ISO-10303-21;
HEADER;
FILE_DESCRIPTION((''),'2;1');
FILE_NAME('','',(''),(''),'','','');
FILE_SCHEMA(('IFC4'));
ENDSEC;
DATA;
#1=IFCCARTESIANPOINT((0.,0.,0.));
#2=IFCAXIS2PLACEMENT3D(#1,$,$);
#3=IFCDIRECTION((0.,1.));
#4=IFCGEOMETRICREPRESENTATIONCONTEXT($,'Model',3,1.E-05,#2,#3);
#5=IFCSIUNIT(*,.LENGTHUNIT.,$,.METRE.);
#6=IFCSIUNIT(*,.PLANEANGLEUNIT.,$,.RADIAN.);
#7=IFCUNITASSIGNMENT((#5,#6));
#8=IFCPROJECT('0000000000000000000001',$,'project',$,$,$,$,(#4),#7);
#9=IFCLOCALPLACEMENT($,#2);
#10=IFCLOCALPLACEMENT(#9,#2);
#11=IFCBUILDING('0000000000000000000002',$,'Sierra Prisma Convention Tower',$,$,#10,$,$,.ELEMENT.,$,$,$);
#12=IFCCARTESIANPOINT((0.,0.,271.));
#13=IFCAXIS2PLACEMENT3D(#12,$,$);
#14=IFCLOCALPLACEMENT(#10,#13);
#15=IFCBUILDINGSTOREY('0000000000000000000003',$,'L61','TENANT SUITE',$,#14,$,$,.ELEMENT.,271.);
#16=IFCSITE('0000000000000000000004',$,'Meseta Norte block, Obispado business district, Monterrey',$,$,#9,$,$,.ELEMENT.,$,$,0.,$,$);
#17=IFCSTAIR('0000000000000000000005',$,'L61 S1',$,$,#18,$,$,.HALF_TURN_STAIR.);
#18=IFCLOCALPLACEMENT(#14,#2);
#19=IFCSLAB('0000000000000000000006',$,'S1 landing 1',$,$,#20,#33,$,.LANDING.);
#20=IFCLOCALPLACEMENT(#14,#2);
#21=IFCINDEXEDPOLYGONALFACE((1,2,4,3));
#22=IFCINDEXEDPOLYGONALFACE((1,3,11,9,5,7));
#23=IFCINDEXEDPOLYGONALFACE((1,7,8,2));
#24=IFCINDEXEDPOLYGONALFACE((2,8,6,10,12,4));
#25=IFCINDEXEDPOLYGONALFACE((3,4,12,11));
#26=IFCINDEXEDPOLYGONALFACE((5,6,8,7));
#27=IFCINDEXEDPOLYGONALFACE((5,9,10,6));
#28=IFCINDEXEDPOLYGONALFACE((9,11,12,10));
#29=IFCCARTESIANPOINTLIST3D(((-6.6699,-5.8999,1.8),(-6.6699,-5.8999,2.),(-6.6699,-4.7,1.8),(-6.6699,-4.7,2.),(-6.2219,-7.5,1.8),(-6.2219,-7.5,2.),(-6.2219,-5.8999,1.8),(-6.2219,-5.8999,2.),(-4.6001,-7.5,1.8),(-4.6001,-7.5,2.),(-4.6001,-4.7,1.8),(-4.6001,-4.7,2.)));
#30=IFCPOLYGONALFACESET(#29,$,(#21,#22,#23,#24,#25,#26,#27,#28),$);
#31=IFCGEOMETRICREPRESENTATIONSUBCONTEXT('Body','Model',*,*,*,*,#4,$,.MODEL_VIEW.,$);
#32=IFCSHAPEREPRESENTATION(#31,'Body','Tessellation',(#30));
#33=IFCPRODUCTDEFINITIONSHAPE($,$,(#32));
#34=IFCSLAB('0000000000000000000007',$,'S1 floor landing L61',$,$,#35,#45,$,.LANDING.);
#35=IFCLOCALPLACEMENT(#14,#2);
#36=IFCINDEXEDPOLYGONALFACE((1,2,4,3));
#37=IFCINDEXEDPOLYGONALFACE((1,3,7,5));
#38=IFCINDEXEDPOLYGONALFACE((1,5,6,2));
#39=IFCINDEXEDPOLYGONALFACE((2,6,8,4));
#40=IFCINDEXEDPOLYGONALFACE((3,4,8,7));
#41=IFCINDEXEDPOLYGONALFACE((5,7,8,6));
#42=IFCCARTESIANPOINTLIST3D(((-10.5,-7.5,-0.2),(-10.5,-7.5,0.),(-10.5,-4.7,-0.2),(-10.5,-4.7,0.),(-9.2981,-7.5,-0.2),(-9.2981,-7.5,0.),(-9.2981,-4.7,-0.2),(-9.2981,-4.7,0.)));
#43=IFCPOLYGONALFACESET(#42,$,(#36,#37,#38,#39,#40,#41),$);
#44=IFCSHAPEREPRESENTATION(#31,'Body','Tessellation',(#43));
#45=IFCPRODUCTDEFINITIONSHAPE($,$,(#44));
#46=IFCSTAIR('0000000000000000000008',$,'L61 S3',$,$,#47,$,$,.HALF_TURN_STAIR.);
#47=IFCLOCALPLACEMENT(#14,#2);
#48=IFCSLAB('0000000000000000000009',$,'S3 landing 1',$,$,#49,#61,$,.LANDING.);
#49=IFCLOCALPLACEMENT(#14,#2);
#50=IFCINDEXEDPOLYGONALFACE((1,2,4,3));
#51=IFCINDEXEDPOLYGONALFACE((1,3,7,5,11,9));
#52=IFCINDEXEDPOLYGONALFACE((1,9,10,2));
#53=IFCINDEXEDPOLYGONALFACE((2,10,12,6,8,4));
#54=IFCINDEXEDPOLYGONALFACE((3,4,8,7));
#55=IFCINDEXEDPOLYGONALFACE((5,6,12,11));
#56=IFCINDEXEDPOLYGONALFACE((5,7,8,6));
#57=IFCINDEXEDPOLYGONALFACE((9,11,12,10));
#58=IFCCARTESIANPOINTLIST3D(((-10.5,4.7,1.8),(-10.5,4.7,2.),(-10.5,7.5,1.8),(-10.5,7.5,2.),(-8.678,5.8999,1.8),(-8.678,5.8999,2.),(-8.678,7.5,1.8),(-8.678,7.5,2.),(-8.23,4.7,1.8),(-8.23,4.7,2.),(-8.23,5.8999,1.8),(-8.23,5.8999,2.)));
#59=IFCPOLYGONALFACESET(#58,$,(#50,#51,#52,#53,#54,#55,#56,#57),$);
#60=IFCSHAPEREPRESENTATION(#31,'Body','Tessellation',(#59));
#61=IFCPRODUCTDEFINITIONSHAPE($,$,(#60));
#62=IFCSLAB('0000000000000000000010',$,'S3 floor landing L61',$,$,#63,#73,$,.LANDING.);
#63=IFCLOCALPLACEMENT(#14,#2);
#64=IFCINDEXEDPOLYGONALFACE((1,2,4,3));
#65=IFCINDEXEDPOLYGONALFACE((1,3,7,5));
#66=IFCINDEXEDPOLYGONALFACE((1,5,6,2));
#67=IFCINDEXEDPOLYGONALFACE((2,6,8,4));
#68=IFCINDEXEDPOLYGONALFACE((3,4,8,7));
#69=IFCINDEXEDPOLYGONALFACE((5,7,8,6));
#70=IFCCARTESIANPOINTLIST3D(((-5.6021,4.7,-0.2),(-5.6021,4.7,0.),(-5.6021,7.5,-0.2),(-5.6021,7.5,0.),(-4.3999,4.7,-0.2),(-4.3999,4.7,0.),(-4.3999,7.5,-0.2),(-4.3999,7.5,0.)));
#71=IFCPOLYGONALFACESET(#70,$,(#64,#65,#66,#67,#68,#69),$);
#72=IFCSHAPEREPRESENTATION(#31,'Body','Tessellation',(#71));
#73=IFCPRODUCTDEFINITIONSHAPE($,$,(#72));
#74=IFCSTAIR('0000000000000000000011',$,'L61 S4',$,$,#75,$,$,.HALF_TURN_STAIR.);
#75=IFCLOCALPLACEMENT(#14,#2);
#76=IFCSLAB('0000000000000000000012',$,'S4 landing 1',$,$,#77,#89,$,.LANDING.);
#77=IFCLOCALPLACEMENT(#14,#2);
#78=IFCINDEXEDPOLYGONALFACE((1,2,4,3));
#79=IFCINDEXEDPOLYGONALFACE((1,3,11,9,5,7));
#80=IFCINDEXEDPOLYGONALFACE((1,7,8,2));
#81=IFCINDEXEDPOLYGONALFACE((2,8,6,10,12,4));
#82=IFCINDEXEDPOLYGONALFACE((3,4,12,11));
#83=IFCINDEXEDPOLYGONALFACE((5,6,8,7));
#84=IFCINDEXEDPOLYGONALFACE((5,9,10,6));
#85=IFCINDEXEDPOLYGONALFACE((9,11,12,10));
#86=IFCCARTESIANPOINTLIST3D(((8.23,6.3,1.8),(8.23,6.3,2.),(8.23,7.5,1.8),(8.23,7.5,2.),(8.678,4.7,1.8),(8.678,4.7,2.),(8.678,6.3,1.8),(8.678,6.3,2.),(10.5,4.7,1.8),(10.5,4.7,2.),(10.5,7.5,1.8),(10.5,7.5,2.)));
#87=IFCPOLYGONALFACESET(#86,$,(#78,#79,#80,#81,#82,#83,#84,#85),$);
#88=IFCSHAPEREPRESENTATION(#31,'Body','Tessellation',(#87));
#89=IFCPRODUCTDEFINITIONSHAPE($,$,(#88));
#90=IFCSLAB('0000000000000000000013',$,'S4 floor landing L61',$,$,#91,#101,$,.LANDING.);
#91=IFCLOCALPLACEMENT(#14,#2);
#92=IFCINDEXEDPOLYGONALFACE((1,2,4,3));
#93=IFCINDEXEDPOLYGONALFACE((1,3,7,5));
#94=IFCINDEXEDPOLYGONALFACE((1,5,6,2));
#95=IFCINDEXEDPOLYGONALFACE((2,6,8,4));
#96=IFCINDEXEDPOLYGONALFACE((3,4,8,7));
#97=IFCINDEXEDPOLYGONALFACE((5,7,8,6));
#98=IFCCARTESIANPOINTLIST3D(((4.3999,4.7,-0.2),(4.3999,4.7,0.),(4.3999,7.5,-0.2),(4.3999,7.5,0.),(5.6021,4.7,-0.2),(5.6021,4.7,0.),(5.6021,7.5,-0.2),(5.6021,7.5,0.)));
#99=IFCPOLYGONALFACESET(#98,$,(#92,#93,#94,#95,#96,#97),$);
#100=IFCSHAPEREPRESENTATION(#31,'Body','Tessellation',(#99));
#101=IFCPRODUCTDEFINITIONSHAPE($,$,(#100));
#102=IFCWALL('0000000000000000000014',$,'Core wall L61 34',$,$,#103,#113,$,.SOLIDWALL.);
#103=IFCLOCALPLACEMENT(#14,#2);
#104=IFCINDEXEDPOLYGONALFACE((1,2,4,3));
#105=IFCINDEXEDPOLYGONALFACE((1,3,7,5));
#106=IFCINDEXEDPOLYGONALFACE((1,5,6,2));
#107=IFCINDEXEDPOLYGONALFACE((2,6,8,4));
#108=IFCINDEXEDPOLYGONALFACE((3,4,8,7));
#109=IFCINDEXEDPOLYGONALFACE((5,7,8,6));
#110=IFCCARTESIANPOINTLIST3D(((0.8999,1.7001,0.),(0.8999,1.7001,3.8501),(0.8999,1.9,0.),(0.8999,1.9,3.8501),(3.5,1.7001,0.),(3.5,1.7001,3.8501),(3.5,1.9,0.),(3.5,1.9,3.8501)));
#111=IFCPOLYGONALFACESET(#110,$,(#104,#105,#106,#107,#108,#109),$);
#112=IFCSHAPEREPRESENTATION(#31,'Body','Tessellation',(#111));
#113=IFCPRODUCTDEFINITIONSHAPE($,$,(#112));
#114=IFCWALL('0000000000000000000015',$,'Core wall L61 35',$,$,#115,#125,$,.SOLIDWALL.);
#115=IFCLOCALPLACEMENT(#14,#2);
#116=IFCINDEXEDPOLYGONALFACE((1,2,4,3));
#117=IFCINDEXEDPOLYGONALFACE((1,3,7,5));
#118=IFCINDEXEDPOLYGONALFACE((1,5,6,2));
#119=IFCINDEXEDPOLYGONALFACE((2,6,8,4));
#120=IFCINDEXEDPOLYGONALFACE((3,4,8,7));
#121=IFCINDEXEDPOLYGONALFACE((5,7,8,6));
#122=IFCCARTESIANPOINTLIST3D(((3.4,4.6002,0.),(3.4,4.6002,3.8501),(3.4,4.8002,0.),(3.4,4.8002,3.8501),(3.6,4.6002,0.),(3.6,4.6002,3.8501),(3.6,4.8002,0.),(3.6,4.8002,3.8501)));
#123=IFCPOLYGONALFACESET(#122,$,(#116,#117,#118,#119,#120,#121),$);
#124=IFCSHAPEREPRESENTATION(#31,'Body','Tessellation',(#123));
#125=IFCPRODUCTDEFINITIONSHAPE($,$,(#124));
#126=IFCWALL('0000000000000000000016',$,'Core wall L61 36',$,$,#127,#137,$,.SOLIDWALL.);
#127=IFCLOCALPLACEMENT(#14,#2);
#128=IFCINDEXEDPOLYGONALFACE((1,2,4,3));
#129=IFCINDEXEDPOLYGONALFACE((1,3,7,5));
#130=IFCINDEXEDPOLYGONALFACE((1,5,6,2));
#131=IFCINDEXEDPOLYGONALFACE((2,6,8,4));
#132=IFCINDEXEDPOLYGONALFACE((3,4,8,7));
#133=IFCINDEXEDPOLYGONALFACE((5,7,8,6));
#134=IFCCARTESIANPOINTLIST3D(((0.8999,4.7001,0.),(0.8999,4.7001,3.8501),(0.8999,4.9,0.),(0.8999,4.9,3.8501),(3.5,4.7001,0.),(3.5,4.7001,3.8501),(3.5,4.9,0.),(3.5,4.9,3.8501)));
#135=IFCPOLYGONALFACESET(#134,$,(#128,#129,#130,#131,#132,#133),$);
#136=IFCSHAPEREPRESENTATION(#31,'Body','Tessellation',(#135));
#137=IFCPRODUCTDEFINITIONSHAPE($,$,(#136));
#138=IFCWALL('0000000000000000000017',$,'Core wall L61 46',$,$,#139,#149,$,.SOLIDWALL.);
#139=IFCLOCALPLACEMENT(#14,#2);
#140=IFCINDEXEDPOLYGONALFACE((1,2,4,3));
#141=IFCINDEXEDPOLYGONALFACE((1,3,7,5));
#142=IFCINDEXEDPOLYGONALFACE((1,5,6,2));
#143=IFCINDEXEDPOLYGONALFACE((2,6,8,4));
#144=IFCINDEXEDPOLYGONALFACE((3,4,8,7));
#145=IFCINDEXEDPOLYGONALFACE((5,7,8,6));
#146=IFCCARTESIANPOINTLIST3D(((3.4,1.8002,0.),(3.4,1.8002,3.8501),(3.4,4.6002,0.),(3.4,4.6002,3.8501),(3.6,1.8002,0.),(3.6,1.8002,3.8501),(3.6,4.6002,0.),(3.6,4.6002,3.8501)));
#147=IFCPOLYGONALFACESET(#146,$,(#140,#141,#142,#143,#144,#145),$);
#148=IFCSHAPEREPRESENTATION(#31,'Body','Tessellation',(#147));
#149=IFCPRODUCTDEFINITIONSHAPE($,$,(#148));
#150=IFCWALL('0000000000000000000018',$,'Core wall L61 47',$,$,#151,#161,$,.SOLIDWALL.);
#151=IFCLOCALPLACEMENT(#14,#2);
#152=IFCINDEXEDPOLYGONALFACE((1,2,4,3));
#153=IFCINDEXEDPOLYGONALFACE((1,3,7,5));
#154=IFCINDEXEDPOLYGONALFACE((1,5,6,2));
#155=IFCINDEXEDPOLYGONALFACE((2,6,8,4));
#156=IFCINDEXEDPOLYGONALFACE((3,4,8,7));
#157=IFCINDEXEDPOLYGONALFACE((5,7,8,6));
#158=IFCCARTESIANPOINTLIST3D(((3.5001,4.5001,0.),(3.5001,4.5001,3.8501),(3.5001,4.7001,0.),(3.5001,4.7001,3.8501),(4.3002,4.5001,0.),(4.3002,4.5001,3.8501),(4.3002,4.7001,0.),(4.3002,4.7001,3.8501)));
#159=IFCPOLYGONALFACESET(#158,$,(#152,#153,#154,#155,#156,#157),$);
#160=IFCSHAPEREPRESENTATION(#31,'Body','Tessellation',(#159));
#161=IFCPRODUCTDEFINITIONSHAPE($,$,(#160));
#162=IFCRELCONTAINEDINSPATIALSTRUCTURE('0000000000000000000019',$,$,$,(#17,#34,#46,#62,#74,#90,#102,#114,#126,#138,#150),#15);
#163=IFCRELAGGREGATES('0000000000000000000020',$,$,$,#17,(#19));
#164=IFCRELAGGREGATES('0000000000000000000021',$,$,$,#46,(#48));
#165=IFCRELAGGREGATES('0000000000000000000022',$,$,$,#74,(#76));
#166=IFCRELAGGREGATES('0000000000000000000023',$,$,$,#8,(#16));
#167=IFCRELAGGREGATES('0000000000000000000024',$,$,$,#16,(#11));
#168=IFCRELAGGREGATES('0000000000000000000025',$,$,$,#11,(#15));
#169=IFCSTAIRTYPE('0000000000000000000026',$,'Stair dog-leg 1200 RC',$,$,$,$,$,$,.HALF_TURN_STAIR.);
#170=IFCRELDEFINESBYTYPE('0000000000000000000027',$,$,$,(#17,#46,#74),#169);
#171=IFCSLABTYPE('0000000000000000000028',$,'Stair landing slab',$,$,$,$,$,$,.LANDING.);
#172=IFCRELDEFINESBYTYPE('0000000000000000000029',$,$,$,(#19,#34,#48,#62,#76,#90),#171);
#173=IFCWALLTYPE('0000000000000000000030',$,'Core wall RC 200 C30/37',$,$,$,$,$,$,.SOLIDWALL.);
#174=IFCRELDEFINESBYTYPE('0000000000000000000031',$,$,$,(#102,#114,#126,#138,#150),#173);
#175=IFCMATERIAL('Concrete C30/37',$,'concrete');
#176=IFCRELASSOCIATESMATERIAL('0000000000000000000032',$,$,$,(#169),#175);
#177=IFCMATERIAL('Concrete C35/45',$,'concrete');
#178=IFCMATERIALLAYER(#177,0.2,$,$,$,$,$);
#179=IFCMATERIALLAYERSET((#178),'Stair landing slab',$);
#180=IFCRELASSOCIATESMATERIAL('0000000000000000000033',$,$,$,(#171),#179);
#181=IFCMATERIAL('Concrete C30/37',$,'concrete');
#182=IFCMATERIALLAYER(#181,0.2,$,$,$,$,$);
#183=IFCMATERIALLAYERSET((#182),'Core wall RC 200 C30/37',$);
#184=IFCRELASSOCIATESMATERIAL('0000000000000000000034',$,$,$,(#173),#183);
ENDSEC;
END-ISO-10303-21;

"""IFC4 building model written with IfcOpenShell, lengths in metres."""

from ifc_helpers import new_model, si_unit, direction, frame, frame_2d, origin, place, context, subcontext, project, spatial, polyline, rectangle, outline, extrude, material, layer, layer_set, type_object, element, aggregate, save


model = new_model("IFC4")

# Units and contexts
model_context = context("Model", 3, precision=1e-05, world=origin(), true_north=direction((0.0, 1.0)))
body_context = subcontext(model_context, "Body", "Model", "MODEL_VIEW")
ifc_project = project(units=[si_unit("LENGTHUNIT", "METRE"), si_unit("PLANEANGLEUNIT", "RADIAN")], contexts=[model_context])

# Site, building, storey
site_placement = place(None, origin())
site = spatial("IfcSite", under=ifc_project, at=site_placement, Name="Meseta Norte block, Obispado business district, Monterrey", CompositionType="ELEMENT", RefElevation=0.0)
building_placement = place(site_placement, origin())
building = spatial("IfcBuilding", under=site, at=building_placement, Name="Sierra Prisma Convention Tower", CompositionType="ELEMENT")
storey_placement = place(building_placement, frame((0.0, 0.0, 271.0)))
storey = spatial("IfcBuildingStorey", under=building, at=storey_placement, Name="L61", Description="TENANT SUITE", CompositionType="ELEMENT", Elevation=271.0)

# Stair, slab
ifc_material_1 = material(Name="Concrete C30/37", Category="concrete")
stair_type = type_object("IfcStairType", Name="Stair dog-leg 1200 RC", PredefinedType="HALF_TURN_STAIR", material=ifc_material_1)
stair_1_placement = place(storey_placement, origin())
stair_1 = element("IfcStair", 1, at=stair_1_placement, inside=storey, type_object=stair_type, Name="L61 S1", PredefinedType="HALF_TURN_STAIR")
ifc_material_2 = material(Name="Concrete C35/45", Category="concrete")
ifc_layer_1 = layer(ifc_material_2, 0.2)
ifc_layer_set_1 = layer_set([ifc_layer_1], Name="Stair landing slab")
slab_type = type_object("IfcSlabType", Name="Stair landing slab", PredefinedType="LANDING", material=ifc_layer_set_1)
slab_1_placement = place(storey_placement, frame((0.0, 0.0, 1.8)))
slab_1 = element("IfcSlab", 2, at=slab_1_placement, type_object=slab_type, Name="S1 landing 1", PredefinedType="LANDING", context=body_context, shape_type="SweptSolid", body=[
    extrude(outline(polyline([(-4.6001, -4.7), (-4.6001, -7.5), (-6.2219, -7.5), (-6.2219, -5.8999), (-6.6699, -5.8999), (-6.6699, -4.7), (-4.6001, -4.7)])), origin(), (0.0, 0.0, 1.0), 0.2),
])
aggregate(stair_1, [slab_1])

# Slab
slab_2_placement = place(storey_placement, frame((0.0, 0.0, -0.2)))
element("IfcSlab", 3, at=slab_2_placement, inside=storey, type_object=slab_type, Name="S1 floor landing L61", PredefinedType="LANDING", context=body_context, shape_type="SweptSolid", body=[
    extrude(outline(polyline([(-10.5, -7.5), (-9.2981, -7.5), (-9.2981, -4.7), (-10.5, -4.7), (-10.5, -7.5)])), origin(), (0.0, 0.0, 1.0), 0.2),
])

# Stair, slab
stair_2_placement = place(storey_placement, origin())
stair_2 = element("IfcStair", 4, at=stair_2_placement, inside=storey, type_object=stair_type, Name="L61 S3", PredefinedType="HALF_TURN_STAIR")
slab_3_placement = place(storey_placement, frame((0.0, 0.0, 1.8)))
slab_3 = element("IfcSlab", 5, at=slab_3_placement, type_object=slab_type, Name="S3 landing 1", PredefinedType="LANDING", context=body_context, shape_type="SweptSolid", body=[
    extrude(outline(polyline([(-8.23, 5.8999), (-8.23, 4.7), (-10.5, 4.7), (-10.5, 7.5), (-8.678, 7.5), (-8.678, 5.8999), (-8.23, 5.8999)])), origin(), (0.0, 0.0, 1.0), 0.2),
])
aggregate(stair_2, [slab_3])

# Slab
slab_4_placement = place(storey_placement, frame((0.0, 0.0, -0.2)))
element("IfcSlab", 6, at=slab_4_placement, inside=storey, type_object=slab_type, Name="S3 floor landing L61", PredefinedType="LANDING", context=body_context, shape_type="SweptSolid", body=[
    extrude(outline(polyline([(-4.3999, 7.5), (-5.6021, 7.5), (-5.6021, 4.7), (-4.3999, 4.7), (-4.3999, 7.5)])), origin(), (0.0, 0.0, 1.0), 0.2),
])

# Stair, slab
stair_3_placement = place(storey_placement, origin())
stair_3 = element("IfcStair", 7, at=stair_3_placement, inside=storey, type_object=stair_type, Name="L61 S4", PredefinedType="HALF_TURN_STAIR")
slab_5_placement = place(storey_placement, frame((0.0, 0.0, 1.8)))
slab_5 = element("IfcSlab", 8, at=slab_5_placement, type_object=slab_type, Name="S4 landing 1", PredefinedType="LANDING", context=body_context, shape_type="SweptSolid", body=[
    extrude(outline(polyline([(10.5, 7.5), (10.5, 4.7), (8.678, 4.7), (8.678, 6.3), (8.23, 6.3), (8.23, 7.5), (10.5, 7.5)])), origin(), (0.0, 0.0, 1.0), 0.2),
])
aggregate(stair_3, [slab_5])

# Slab
slab_6_placement = place(storey_placement, frame((0.0, 0.0, -0.2)))
element("IfcSlab", 9, at=slab_6_placement, inside=storey, type_object=slab_type, Name="S4 floor landing L61", PredefinedType="LANDING", context=body_context, shape_type="SweptSolid", body=[
    extrude(outline(polyline([(4.3999, 4.7), (5.6021, 4.7), (5.6021, 7.5), (4.3999, 7.5), (4.3999, 4.7)])), origin(), (0.0, 0.0, 1.0), 0.2),
])

# Shared definitions
ifc_material_3 = material(Name="Concrete C30/37", Category="concrete")
ifc_layer_2 = layer(ifc_material_3, 0.2)
ifc_layer_set_2 = layer_set([ifc_layer_2], Name="Core wall RC 200 C30/37")
wall_type = type_object("IfcWallType", Name="Core wall RC 200 C30/37", PredefinedType="SOLIDWALL", material=ifc_layer_set_2)

# Walls
wall_1_placement = place(storey_placement, frame((3.5, 1.8, 0.0), z_axis=(0.0, 0.0, 1.0), x_axis=(-1.0, 0.0, 0.0)))
element("IfcWall", 10, at=wall_1_placement, inside=storey, type_object=wall_type, Name="Core wall L61 34", PredefinedType="SOLIDWALL", context=body_context, shape_type="SweptSolid", body=[
    extrude(rectangle(XDim=2.6001, YDim=0.2, at=frame_2d((1.3, 0.0))), origin(), (0.0, 0.0, 1.0), 3.8501),
])
wall_2_placement = place(storey_placement, frame((3.5, 4.6001, 0.0), z_axis=(0.0, 0.0, 1.0), x_axis=(0.0, 1.0, 0.0)))
element("IfcWall", 11, at=wall_2_placement, inside=storey, type_object=wall_type, Name="Core wall L61 35", PredefinedType="SOLIDWALL", context=body_context, shape_type="SweptSolid", body=[
    extrude(rectangle(XDim=0.2, YDim=0.2, at=frame_2d((0.1001, 0.0))), origin(), (0.0, 0.0, 1.0), 3.8501),
])
wall_3_placement = place(storey_placement, frame((3.5, 4.8, 0.0), z_axis=(0.0, 0.0, 1.0), x_axis=(-1.0, 0.0, 0.0)))
element("IfcWall", 12, at=wall_3_placement, inside=storey, type_object=wall_type, Name="Core wall L61 36", PredefinedType="SOLIDWALL", context=body_context, shape_type="SweptSolid", body=[
    extrude(rectangle(XDim=2.6001, YDim=0.2, at=frame_2d((1.3, 0.0))), origin(), (0.0, 0.0, 1.0), 3.8501),
])

# Walls
wall_4_placement = place(storey_placement, frame((3.5, 4.6001, 0.0), z_axis=(0.0, 0.0, 1.0), x_axis=(0.0, -1.0, 0.0)))
element("IfcWall", 13, at=wall_4_placement, inside=storey, type_object=wall_type, Name="Core wall L61 46", PredefinedType="SOLIDWALL", context=body_context, shape_type="SweptSolid", body=[
    extrude(rectangle(XDim=2.8, YDim=0.2, at=frame_2d((1.3999, 0.0))), origin(), (0.0, 0.0, 1.0), 3.8501),
])
wall_5_placement = place(storey_placement, frame((4.3, 4.6001, 0.0), z_axis=(0.0, 0.0, 1.0), x_axis=(-1.0, 0.0, 0.0)))
element("IfcWall", 14, at=wall_5_placement, inside=storey, type_object=wall_type, Name="Core wall L61 47", PredefinedType="SOLIDWALL", context=body_context, shape_type="SweptSolid", body=[
    extrude(rectangle(XDim=0.8, YDim=0.2, at=frame_2d((0.3999, 0.0))), origin(), (0.0, 0.0, 1.0), 3.8501),
])

save(model, "model.ifc")
